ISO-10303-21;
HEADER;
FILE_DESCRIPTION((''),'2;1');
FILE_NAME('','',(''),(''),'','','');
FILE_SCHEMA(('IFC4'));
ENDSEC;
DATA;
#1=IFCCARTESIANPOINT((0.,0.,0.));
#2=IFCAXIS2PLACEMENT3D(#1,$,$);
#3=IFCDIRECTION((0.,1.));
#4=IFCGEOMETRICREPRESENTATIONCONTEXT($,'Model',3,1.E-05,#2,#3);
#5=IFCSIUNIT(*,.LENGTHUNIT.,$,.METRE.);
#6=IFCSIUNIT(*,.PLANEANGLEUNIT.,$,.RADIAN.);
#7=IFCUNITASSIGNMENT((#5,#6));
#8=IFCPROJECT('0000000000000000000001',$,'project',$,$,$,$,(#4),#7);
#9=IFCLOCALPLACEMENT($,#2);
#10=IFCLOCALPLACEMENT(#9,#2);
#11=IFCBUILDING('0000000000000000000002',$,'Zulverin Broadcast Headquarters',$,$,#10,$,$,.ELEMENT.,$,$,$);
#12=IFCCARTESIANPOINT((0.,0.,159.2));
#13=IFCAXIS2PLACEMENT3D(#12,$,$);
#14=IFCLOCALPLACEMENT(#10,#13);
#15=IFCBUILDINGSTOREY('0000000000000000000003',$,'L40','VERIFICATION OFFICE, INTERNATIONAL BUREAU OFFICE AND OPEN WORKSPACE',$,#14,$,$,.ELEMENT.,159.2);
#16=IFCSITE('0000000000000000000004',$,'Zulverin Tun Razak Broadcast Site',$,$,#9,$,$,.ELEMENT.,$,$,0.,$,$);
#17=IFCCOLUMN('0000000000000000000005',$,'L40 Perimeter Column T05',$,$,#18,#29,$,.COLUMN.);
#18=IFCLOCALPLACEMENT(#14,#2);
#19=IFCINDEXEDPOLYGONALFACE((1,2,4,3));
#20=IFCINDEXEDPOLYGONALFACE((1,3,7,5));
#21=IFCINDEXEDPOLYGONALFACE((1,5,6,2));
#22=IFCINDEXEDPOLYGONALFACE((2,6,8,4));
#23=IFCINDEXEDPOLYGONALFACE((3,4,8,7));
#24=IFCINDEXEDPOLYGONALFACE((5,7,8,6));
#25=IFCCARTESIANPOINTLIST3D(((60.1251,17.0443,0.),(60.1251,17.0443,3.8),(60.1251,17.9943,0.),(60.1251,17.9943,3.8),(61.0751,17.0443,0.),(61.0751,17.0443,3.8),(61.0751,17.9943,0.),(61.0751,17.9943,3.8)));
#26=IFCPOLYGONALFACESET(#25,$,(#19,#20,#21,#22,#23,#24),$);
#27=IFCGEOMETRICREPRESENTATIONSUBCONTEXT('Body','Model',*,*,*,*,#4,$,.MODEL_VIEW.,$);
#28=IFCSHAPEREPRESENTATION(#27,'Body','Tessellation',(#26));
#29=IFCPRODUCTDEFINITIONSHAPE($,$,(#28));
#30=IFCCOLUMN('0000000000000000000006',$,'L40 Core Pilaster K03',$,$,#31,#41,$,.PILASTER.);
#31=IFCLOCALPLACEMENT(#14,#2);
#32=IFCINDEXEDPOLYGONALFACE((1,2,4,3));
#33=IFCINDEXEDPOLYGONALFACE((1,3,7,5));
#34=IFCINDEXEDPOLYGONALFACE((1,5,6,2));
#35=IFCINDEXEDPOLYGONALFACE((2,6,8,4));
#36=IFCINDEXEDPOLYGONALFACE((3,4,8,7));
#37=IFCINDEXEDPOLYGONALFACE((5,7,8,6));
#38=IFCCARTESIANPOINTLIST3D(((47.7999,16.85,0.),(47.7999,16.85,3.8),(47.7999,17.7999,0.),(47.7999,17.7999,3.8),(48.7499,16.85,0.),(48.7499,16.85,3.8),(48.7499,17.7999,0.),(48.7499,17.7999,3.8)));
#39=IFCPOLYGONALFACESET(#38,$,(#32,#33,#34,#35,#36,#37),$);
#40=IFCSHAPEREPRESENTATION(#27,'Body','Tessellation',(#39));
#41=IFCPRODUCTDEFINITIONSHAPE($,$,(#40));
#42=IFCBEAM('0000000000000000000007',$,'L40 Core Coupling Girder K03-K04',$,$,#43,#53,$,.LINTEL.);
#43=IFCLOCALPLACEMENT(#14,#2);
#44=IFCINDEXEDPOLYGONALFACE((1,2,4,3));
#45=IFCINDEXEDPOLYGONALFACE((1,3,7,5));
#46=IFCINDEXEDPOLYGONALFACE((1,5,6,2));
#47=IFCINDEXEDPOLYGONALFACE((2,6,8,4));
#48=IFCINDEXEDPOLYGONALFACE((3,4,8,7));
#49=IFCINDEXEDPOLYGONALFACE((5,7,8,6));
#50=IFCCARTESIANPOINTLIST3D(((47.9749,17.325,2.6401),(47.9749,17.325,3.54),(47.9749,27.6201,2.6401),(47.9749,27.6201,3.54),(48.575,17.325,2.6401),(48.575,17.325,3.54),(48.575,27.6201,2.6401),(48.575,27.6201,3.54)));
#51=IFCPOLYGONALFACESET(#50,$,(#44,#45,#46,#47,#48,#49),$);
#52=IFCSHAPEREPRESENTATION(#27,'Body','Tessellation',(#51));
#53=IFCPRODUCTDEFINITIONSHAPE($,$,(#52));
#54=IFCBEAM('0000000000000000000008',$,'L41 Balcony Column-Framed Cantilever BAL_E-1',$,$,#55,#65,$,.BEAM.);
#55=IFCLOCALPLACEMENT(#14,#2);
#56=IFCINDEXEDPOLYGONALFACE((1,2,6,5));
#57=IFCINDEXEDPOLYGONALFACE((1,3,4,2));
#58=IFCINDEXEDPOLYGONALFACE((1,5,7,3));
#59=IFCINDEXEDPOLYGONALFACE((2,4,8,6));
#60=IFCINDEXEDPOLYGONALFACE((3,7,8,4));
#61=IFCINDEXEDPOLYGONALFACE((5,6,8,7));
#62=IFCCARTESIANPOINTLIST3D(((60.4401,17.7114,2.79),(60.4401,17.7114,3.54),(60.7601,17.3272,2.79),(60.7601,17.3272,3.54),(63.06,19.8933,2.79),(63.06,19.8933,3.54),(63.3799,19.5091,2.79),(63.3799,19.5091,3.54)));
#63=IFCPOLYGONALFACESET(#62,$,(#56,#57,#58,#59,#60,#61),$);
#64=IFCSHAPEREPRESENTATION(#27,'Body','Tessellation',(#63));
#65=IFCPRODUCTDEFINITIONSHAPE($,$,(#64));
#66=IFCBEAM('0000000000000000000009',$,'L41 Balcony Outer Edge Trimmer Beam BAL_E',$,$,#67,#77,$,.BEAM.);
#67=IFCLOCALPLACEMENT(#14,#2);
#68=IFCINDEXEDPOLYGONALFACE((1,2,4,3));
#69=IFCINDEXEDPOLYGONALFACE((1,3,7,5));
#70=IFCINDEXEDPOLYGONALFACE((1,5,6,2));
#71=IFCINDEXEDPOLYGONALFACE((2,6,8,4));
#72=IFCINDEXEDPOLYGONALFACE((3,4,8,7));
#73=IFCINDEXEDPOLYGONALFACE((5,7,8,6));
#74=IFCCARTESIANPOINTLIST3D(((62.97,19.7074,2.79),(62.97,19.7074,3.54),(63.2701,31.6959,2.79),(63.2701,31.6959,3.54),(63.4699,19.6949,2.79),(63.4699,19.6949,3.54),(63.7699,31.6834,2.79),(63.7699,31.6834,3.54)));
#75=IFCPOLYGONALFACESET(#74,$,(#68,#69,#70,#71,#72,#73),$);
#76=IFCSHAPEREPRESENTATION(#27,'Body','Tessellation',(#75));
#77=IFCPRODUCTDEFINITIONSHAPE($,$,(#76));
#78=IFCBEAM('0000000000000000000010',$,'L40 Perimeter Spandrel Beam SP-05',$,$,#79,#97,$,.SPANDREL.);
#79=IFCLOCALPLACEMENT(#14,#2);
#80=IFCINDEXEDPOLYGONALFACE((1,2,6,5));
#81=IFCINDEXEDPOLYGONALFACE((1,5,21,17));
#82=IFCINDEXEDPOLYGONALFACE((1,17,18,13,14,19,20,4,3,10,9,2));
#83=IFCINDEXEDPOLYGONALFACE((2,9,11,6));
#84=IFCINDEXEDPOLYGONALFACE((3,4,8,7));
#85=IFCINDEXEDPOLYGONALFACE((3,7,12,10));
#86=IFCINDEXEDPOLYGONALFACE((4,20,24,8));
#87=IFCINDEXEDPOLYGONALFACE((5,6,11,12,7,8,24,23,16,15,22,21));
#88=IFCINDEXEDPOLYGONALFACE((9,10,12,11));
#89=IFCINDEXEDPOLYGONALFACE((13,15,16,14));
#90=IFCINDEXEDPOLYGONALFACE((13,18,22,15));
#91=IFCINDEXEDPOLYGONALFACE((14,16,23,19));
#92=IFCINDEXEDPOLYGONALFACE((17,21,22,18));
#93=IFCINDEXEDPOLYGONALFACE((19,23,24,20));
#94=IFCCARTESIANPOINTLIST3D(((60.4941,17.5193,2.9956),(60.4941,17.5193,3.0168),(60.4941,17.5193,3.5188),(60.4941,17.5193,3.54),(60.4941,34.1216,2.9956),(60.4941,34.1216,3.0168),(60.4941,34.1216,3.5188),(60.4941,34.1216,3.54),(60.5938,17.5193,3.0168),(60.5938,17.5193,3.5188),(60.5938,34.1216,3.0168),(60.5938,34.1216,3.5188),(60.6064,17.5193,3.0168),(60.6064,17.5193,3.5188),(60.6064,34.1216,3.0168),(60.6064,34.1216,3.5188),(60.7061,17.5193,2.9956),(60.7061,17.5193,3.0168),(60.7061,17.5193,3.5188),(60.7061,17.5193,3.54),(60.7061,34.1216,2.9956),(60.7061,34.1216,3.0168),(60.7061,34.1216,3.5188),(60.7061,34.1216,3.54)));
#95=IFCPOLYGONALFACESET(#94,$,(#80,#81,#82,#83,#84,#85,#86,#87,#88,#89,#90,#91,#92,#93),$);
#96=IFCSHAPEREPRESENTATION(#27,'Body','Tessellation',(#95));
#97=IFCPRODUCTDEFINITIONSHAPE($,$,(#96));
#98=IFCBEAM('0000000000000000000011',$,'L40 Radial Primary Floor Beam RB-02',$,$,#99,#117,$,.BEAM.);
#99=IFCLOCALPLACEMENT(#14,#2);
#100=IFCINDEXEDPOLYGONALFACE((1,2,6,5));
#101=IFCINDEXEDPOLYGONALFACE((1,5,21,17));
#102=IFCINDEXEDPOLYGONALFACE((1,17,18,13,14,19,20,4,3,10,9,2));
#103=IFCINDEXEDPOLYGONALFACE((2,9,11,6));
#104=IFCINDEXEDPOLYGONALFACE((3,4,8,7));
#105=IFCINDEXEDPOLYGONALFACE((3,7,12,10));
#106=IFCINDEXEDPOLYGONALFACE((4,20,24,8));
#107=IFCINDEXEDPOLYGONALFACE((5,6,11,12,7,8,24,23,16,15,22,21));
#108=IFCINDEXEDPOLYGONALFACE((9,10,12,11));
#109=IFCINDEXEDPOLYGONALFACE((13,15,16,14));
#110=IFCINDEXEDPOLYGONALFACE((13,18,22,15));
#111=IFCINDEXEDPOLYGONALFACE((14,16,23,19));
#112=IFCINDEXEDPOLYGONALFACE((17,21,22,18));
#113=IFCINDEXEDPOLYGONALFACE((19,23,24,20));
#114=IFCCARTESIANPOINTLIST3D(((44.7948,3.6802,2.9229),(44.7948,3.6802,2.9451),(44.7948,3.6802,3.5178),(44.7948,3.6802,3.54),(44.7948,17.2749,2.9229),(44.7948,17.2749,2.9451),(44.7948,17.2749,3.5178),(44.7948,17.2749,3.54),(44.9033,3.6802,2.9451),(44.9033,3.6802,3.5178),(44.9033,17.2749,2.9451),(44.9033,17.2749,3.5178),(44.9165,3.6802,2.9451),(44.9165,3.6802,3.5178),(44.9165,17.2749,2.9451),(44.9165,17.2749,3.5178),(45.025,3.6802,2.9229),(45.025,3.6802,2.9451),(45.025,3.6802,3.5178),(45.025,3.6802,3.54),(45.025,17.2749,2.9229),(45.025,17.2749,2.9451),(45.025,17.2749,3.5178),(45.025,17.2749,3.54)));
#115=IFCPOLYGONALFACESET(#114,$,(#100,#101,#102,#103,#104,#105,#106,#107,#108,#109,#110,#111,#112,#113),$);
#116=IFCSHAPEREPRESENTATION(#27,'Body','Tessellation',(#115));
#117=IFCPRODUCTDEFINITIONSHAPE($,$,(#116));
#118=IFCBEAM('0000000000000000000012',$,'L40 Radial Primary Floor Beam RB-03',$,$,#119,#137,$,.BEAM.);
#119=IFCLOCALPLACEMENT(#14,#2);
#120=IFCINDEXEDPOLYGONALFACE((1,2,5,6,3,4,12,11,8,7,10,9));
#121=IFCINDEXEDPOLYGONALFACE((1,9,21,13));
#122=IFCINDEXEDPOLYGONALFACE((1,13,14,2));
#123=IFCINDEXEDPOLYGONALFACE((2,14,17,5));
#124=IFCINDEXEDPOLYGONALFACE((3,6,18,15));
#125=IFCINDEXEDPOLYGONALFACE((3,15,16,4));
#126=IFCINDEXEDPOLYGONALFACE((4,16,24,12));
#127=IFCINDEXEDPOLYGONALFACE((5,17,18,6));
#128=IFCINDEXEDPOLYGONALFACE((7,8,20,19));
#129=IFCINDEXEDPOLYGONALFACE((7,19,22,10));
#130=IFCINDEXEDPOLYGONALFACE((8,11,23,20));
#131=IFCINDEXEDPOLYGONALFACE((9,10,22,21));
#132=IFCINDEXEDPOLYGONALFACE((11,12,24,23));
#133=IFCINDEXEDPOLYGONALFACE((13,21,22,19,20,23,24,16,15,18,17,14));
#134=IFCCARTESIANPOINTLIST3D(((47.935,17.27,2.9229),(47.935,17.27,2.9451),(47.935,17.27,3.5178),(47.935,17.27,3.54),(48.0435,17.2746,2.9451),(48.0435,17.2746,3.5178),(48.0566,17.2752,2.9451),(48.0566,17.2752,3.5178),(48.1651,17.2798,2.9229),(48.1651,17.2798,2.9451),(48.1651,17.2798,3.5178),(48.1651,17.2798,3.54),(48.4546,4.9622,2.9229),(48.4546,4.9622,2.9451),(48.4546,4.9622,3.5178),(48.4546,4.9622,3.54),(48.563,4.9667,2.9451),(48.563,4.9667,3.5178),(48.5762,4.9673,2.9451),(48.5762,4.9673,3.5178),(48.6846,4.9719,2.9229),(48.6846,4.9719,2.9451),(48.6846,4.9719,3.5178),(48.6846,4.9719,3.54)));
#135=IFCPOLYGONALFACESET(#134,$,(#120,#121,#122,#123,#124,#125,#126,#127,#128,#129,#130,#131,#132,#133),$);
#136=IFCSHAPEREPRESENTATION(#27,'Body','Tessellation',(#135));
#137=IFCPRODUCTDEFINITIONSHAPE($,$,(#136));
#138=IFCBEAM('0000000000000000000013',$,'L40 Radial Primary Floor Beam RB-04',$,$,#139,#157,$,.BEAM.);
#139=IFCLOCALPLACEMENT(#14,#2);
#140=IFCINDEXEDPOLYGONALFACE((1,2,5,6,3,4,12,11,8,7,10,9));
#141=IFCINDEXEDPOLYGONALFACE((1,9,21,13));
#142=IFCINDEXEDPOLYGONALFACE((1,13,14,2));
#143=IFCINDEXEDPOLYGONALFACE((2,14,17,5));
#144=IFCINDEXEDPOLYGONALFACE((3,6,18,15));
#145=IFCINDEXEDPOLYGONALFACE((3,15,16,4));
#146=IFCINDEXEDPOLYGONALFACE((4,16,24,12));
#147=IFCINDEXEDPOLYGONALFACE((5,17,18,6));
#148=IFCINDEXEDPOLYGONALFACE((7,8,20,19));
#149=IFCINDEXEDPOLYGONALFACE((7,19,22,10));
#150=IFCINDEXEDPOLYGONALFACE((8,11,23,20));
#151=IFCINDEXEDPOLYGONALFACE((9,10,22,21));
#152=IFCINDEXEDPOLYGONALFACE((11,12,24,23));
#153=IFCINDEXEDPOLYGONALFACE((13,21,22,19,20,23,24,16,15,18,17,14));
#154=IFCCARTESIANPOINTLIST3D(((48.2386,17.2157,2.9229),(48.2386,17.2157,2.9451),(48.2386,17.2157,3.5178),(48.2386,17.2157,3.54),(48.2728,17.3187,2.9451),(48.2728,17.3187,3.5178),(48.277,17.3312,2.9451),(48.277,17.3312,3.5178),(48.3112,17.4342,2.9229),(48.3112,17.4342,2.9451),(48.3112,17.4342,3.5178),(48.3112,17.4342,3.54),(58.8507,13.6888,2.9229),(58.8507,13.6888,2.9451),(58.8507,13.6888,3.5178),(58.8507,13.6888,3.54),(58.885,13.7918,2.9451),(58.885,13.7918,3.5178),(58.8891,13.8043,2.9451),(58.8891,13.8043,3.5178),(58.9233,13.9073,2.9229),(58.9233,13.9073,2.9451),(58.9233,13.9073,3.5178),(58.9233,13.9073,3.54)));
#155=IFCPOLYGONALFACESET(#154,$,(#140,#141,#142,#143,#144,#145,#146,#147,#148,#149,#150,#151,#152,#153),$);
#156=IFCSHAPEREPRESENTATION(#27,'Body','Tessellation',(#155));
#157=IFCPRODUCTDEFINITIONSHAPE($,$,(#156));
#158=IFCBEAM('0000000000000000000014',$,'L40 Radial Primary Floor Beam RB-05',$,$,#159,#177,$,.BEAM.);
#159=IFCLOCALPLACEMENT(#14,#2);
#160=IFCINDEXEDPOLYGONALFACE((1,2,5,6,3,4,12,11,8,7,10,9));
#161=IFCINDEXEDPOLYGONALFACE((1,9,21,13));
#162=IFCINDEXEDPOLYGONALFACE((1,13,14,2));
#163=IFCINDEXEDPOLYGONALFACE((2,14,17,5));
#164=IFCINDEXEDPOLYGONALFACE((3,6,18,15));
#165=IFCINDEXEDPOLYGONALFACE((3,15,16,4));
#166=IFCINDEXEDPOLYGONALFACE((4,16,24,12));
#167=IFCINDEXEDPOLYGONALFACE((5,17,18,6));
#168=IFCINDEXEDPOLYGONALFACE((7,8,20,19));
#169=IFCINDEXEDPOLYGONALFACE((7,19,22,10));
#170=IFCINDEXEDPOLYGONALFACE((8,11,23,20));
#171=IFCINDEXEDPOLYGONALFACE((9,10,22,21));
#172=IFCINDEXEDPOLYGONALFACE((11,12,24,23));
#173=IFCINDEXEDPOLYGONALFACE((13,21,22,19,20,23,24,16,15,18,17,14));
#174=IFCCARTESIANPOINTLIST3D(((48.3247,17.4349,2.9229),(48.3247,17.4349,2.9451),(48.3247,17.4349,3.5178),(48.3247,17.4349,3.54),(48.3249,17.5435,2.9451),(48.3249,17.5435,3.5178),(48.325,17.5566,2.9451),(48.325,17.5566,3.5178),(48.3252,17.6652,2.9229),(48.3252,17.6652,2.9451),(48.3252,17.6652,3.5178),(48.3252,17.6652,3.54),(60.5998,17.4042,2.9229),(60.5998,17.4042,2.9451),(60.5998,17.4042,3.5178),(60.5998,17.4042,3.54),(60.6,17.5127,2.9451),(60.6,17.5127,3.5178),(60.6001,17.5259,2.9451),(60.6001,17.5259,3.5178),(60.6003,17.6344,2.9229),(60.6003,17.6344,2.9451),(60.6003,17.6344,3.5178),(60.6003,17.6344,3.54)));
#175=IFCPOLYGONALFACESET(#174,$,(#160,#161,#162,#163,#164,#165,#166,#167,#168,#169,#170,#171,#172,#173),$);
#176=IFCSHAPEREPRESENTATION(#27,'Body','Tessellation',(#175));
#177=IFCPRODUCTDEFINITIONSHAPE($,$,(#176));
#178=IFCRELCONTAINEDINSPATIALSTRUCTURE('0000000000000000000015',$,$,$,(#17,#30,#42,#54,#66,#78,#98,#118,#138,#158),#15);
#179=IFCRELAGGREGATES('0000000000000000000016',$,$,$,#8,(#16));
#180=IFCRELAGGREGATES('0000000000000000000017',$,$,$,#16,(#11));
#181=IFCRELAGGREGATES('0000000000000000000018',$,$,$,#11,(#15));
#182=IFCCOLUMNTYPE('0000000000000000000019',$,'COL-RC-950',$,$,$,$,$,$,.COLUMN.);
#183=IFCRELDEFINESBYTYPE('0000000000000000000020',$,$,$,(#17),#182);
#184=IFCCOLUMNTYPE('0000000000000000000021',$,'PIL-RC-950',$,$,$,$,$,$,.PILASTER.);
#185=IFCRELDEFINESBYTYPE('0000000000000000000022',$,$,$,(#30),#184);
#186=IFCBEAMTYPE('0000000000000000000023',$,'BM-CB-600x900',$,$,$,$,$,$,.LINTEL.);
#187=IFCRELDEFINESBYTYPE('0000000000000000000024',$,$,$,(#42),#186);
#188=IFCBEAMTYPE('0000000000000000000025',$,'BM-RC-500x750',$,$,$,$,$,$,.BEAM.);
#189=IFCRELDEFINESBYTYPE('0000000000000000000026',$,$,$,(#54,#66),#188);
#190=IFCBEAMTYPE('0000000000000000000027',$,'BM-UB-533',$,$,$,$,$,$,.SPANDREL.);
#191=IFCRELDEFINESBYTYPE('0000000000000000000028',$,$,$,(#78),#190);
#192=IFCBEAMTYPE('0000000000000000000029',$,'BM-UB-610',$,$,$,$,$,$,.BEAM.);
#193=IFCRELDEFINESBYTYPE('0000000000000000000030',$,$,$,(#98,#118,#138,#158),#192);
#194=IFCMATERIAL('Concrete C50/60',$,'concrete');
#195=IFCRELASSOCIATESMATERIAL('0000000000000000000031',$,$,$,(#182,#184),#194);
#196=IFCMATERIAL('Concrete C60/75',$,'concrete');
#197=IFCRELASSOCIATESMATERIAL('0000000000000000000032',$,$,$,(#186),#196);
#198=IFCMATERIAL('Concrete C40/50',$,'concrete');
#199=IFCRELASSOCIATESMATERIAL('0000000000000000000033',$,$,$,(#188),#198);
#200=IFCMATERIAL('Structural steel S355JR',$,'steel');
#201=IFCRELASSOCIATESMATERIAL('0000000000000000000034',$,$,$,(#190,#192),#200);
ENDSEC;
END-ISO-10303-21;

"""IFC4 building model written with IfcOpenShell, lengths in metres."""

from ifc_helpers import new_model, si_unit, direction, frame, origin, origin_2d, place, context, subcontext, project, spatial, rectangle, i_section, extrude, material, material_profile, profile_set, type_object, element, save


model = new_model("IFC4")

# Units and contexts
model_context = context("Model", 3, precision=1e-05, world=origin(), true_north=direction((0.0, 1.0)))
body_context = subcontext(model_context, "Body", "Model", "MODEL_VIEW")
ifc_project = project(units=[si_unit("LENGTHUNIT", "METRE"), si_unit("PLANEANGLEUNIT", "RADIAN")], contexts=[model_context])

# Site, building, storey
site_placement = place(None, origin())
site = spatial("IfcSite", under=ifc_project, at=site_placement, Name="Zulverin Tun Razak Broadcast Site", CompositionType="ELEMENT", RefElevation=0.0)
building_placement = place(site_placement, origin())
building = spatial("IfcBuilding", under=site, at=building_placement, Name="Zulverin Broadcast Headquarters", CompositionType="ELEMENT")
storey_placement = place(building_placement, frame((0.0, 0.0, 159.2)))
storey = spatial("IfcBuildingStorey", under=building, at=storey_placement, Name="L40", Description="VERIFICATION OFFICE, INTERNATIONAL BUREAU OFFICE AND OPEN WORKSPACE", CompositionType="ELEMENT", Elevation=159.2)

# Columns
ifc_material_1 = material(Name="Concrete C50/60", Category="concrete")
ifc_material_profile_1 = material_profile(ifc_material_1, rectangle(XDim=0.95, YDim=0.95, at=origin_2d()), Name="Concrete C50/60", Category="concrete")
ifc_profile_set_1 = profile_set([ifc_material_profile_1], Name="Concrete C50/60")
column_type_1 = type_object("IfcColumnType", Name="COL-RC-950", PredefinedType="COLUMN", material=ifc_profile_set_1)
column_1_placement = place(storey_placement, frame((60.6001, 17.5193, 0.0), z_axis=(0.0, 0.0, 1.0), x_axis=(1.0, 0.0, 0.0)))
element("IfcColumn", 1, at=column_1_placement, inside=storey, type_object=column_type_1, Name="L40 Perimeter Column T05", PredefinedType="COLUMN", context=body_context, shape_type="SweptSolid", body=[
    extrude(rectangle(XDim=0.95, YDim=0.95, at=origin_2d()), origin(), (0.0, 0.0, 1.0), 3.8),
])
ifc_material_profile_2 = material_profile(ifc_material_1, rectangle(XDim=0.95, YDim=0.95, at=origin_2d()), Name="Concrete C50/60", Category="concrete")
ifc_profile_set_2 = profile_set([ifc_material_profile_2], Name="Concrete C50/60")
column_type_2 = type_object("IfcColumnType", Name="PIL-RC-950", PredefinedType="PILASTER", material=ifc_profile_set_2)
column_2_placement = place(storey_placement, frame((48.2749, 17.325, 0.0), z_axis=(0.0, 0.0, 1.0), x_axis=(1.0, 0.0, 0.0)))
element("IfcColumn", 2, at=column_2_placement, inside=storey, type_object=column_type_2, Name="L40 Core Pilaster K03", PredefinedType="PILASTER", context=body_context, shape_type="SweptSolid", body=[
    extrude(rectangle(XDim=0.95, YDim=0.95, at=origin_2d()), origin(), (0.0, 0.0, 1.0), 3.8),
])

# Beams
ifc_material_2 = material(Name="Concrete C60/75", Category="concrete")
ifc_material_profile_3 = material_profile(ifc_material_2, rectangle(XDim=0.6001, YDim=0.8999, at=origin_2d()), Name="Concrete C60/75", Category="concrete")
ifc_profile_set_3 = profile_set([ifc_material_profile_3], Name="Concrete C60/75")
beam_type_1 = type_object("IfcBeamType", Name="BM-CB-600x900", PredefinedType="LINTEL", material=ifc_profile_set_3)
beam_1_placement = place(storey_placement, frame((48.2749, 17.325, 3.0901), z_axis=(0.0, 1.0, 0.0), x_axis=(-1.0, 0.0, 0.0)))
element("IfcBeam", 3, at=beam_1_placement, inside=storey, type_object=beam_type_1, Name="L40 Core Coupling Girder K03-K04", PredefinedType="LINTEL", context=body_context, shape_type="SweptSolid", body=[
    extrude(rectangle(XDim=0.6001, YDim=0.8999, at=origin_2d()), origin(), (0.0, 0.0, 1.0), 10.2952),
])
ifc_material_3 = material(Name="Concrete C40/50", Category="concrete")
ifc_material_profile_4 = material_profile(ifc_material_3, rectangle(XDim=0.5, YDim=0.75, at=origin_2d()), Name="Concrete C40/50", Category="concrete")
ifc_profile_set_4 = profile_set([ifc_material_profile_4], Name="Concrete C40/50")
beam_type_2 = type_object("IfcBeamType", Name="BM-RC-500x750", PredefinedType="BEAM", material=ifc_profile_set_4)
beam_2_placement = place(storey_placement, frame((60.6001, 17.5193, 3.165), z_axis=(0.768415, 0.639952, 0.0), x_axis=(-0.639952, 0.768415, 0.0)))
element("IfcBeam", 4, at=beam_2_placement, inside=storey, type_object=beam_type_2, Name="L41 Balcony Column-Framed Cantilever BAL_E-1", PredefinedType="BEAM", context=body_context, shape_type="SweptSolid", body=[
    extrude(rectangle(XDim=0.5, YDim=0.75, at=origin_2d()), origin(), (0.0, 0.0, 1.0), 3.4094),
])
beam_3_placement = place(storey_placement, frame((63.22, 19.7012, 3.165), z_axis=(0.02502, 0.999687, 0.0), x_axis=(-0.999687, 0.02502, 0.0)))
element("IfcBeam", 5, at=beam_3_placement, inside=storey, type_object=beam_type_2, Name="L41 Balcony Outer Edge Trimmer Beam BAL_E", PredefinedType="BEAM", context=body_context, shape_type="SweptSolid", body=[
    extrude(rectangle(XDim=0.5, YDim=0.75, at=origin_2d()), origin(), (0.0, 0.0, 1.0), 11.9922),
])
ifc_material_4 = material(Name="Structural steel S355JR", Category="steel")
ifc_material_profile_5 = material_profile(ifc_material_4, i_section(OverallWidth=0.2119, OverallDepth=0.5444, WebThickness=0.0127, FlangeThickness=0.0212, at=origin_2d()), Name="Structural steel S355JR", Category="steel")
ifc_profile_set_5 = profile_set([ifc_material_profile_5], Name="Structural steel S355JR")
beam_type_3 = type_object("IfcBeamType", Name="BM-UB-533", PredefinedType="SPANDREL", material=ifc_profile_set_5)
beam_4_placement = place(storey_placement, frame((60.6001, 17.5193, 3.2678), z_axis=(0.0, 1.0, 0.0), x_axis=(-1.0, 0.0, 0.0)))
element("IfcBeam", 6, at=beam_4_placement, inside=storey, type_object=beam_type_3, Name="L40 Perimeter Spandrel Beam SP-05", PredefinedType="SPANDREL", context=body_context, shape_type="SweptSolid", body=[
    extrude(i_section(OverallWidth=0.2119, OverallDepth=0.5444, WebThickness=0.0127, FlangeThickness=0.0212, at=origin_2d()), origin(), (0.0, 0.0, 1.0), 16.6023),
])
ifc_material_profile_6 = material_profile(ifc_material_4, i_section(OverallWidth=0.2302, OverallDepth=0.6172, WebThickness=0.0132, FlangeThickness=0.0222, at=origin_2d()), Name="Structural steel S355JR", Category="steel")
ifc_profile_set_6 = profile_set([ifc_material_profile_6], Name="Structural steel S355JR")
beam_type_4 = type_object("IfcBeamType", Name="BM-UB-610", PredefinedType="BEAM", material=ifc_profile_set_6)
beam_5_placement = place(storey_placement, frame((44.9099, 17.2749, 3.2314), z_axis=(0.0, -1.0, 0.0), x_axis=(1.0, 0.0, 0.0)))
element("IfcBeam", 7, at=beam_5_placement, inside=storey, type_object=beam_type_4, Name="L40 Radial Primary Floor Beam RB-02", PredefinedType="BEAM", context=body_context, shape_type="SweptSolid", body=[
    extrude(i_section(OverallWidth=0.2302, OverallDepth=0.6172, WebThickness=0.0132, FlangeThickness=0.0222, at=origin_2d()), origin(), (0.0, 0.0, 1.0), 13.5947),
])
beam_6_placement = place(storey_placement, frame((48.05, 17.2749, 3.2314), z_axis=(0.042174, -0.99911, 0.0), x_axis=(0.99911, 0.042174, 0.0)))
element("IfcBeam", 8, at=beam_6_placement, inside=storey, type_object=beam_type_4, Name="L40 Radial Primary Floor Beam RB-03", PredefinedType="BEAM", context=body_context, shape_type="SweptSolid", body=[
    extrude(i_section(OverallWidth=0.2302, OverallDepth=0.6172, WebThickness=0.0132, FlangeThickness=0.0222, at=origin_2d()), origin(), (0.0, 0.0, 1.0), 12.3188),
])
beam_7_placement = place(storey_placement, frame((48.2749, 17.325, 3.2314), z_axis=(0.948965, -0.315383, 0.0), x_axis=(0.315383, 0.948965, 0.0)))
element("IfcBeam", 9, at=beam_7_placement, inside=storey, type_object=beam_type_4, Name="L40 Radial Primary Floor Beam RB-04", PredefinedType="BEAM", context=body_context, shape_type="SweptSolid", body=[
    extrude(i_section(OverallWidth=0.2302, OverallDepth=0.6172, WebThickness=0.0132, FlangeThickness=0.0222, at=origin_2d()), origin(), (0.0, 0.0, 1.0), 11.1829),
])
beam_8_placement = place(storey_placement, frame((48.325, 17.55, 3.2314), z_axis=(0.999997, -0.002506, 0.0), x_axis=(0.002506, 0.999997, 0.0)))
element("IfcBeam", 10, at=beam_8_placement, inside=storey, type_object=beam_type_4, Name="L40 Radial Primary Floor Beam RB-05", PredefinedType="BEAM", context=body_context, shape_type="SweptSolid", body=[
    extrude(i_section(OverallWidth=0.2302, OverallDepth=0.6172, WebThickness=0.0132, FlangeThickness=0.0222, at=origin_2d()), origin(), (0.0, 0.0, 1.0), 12.2751),
])

save(model, "model.ifc")
